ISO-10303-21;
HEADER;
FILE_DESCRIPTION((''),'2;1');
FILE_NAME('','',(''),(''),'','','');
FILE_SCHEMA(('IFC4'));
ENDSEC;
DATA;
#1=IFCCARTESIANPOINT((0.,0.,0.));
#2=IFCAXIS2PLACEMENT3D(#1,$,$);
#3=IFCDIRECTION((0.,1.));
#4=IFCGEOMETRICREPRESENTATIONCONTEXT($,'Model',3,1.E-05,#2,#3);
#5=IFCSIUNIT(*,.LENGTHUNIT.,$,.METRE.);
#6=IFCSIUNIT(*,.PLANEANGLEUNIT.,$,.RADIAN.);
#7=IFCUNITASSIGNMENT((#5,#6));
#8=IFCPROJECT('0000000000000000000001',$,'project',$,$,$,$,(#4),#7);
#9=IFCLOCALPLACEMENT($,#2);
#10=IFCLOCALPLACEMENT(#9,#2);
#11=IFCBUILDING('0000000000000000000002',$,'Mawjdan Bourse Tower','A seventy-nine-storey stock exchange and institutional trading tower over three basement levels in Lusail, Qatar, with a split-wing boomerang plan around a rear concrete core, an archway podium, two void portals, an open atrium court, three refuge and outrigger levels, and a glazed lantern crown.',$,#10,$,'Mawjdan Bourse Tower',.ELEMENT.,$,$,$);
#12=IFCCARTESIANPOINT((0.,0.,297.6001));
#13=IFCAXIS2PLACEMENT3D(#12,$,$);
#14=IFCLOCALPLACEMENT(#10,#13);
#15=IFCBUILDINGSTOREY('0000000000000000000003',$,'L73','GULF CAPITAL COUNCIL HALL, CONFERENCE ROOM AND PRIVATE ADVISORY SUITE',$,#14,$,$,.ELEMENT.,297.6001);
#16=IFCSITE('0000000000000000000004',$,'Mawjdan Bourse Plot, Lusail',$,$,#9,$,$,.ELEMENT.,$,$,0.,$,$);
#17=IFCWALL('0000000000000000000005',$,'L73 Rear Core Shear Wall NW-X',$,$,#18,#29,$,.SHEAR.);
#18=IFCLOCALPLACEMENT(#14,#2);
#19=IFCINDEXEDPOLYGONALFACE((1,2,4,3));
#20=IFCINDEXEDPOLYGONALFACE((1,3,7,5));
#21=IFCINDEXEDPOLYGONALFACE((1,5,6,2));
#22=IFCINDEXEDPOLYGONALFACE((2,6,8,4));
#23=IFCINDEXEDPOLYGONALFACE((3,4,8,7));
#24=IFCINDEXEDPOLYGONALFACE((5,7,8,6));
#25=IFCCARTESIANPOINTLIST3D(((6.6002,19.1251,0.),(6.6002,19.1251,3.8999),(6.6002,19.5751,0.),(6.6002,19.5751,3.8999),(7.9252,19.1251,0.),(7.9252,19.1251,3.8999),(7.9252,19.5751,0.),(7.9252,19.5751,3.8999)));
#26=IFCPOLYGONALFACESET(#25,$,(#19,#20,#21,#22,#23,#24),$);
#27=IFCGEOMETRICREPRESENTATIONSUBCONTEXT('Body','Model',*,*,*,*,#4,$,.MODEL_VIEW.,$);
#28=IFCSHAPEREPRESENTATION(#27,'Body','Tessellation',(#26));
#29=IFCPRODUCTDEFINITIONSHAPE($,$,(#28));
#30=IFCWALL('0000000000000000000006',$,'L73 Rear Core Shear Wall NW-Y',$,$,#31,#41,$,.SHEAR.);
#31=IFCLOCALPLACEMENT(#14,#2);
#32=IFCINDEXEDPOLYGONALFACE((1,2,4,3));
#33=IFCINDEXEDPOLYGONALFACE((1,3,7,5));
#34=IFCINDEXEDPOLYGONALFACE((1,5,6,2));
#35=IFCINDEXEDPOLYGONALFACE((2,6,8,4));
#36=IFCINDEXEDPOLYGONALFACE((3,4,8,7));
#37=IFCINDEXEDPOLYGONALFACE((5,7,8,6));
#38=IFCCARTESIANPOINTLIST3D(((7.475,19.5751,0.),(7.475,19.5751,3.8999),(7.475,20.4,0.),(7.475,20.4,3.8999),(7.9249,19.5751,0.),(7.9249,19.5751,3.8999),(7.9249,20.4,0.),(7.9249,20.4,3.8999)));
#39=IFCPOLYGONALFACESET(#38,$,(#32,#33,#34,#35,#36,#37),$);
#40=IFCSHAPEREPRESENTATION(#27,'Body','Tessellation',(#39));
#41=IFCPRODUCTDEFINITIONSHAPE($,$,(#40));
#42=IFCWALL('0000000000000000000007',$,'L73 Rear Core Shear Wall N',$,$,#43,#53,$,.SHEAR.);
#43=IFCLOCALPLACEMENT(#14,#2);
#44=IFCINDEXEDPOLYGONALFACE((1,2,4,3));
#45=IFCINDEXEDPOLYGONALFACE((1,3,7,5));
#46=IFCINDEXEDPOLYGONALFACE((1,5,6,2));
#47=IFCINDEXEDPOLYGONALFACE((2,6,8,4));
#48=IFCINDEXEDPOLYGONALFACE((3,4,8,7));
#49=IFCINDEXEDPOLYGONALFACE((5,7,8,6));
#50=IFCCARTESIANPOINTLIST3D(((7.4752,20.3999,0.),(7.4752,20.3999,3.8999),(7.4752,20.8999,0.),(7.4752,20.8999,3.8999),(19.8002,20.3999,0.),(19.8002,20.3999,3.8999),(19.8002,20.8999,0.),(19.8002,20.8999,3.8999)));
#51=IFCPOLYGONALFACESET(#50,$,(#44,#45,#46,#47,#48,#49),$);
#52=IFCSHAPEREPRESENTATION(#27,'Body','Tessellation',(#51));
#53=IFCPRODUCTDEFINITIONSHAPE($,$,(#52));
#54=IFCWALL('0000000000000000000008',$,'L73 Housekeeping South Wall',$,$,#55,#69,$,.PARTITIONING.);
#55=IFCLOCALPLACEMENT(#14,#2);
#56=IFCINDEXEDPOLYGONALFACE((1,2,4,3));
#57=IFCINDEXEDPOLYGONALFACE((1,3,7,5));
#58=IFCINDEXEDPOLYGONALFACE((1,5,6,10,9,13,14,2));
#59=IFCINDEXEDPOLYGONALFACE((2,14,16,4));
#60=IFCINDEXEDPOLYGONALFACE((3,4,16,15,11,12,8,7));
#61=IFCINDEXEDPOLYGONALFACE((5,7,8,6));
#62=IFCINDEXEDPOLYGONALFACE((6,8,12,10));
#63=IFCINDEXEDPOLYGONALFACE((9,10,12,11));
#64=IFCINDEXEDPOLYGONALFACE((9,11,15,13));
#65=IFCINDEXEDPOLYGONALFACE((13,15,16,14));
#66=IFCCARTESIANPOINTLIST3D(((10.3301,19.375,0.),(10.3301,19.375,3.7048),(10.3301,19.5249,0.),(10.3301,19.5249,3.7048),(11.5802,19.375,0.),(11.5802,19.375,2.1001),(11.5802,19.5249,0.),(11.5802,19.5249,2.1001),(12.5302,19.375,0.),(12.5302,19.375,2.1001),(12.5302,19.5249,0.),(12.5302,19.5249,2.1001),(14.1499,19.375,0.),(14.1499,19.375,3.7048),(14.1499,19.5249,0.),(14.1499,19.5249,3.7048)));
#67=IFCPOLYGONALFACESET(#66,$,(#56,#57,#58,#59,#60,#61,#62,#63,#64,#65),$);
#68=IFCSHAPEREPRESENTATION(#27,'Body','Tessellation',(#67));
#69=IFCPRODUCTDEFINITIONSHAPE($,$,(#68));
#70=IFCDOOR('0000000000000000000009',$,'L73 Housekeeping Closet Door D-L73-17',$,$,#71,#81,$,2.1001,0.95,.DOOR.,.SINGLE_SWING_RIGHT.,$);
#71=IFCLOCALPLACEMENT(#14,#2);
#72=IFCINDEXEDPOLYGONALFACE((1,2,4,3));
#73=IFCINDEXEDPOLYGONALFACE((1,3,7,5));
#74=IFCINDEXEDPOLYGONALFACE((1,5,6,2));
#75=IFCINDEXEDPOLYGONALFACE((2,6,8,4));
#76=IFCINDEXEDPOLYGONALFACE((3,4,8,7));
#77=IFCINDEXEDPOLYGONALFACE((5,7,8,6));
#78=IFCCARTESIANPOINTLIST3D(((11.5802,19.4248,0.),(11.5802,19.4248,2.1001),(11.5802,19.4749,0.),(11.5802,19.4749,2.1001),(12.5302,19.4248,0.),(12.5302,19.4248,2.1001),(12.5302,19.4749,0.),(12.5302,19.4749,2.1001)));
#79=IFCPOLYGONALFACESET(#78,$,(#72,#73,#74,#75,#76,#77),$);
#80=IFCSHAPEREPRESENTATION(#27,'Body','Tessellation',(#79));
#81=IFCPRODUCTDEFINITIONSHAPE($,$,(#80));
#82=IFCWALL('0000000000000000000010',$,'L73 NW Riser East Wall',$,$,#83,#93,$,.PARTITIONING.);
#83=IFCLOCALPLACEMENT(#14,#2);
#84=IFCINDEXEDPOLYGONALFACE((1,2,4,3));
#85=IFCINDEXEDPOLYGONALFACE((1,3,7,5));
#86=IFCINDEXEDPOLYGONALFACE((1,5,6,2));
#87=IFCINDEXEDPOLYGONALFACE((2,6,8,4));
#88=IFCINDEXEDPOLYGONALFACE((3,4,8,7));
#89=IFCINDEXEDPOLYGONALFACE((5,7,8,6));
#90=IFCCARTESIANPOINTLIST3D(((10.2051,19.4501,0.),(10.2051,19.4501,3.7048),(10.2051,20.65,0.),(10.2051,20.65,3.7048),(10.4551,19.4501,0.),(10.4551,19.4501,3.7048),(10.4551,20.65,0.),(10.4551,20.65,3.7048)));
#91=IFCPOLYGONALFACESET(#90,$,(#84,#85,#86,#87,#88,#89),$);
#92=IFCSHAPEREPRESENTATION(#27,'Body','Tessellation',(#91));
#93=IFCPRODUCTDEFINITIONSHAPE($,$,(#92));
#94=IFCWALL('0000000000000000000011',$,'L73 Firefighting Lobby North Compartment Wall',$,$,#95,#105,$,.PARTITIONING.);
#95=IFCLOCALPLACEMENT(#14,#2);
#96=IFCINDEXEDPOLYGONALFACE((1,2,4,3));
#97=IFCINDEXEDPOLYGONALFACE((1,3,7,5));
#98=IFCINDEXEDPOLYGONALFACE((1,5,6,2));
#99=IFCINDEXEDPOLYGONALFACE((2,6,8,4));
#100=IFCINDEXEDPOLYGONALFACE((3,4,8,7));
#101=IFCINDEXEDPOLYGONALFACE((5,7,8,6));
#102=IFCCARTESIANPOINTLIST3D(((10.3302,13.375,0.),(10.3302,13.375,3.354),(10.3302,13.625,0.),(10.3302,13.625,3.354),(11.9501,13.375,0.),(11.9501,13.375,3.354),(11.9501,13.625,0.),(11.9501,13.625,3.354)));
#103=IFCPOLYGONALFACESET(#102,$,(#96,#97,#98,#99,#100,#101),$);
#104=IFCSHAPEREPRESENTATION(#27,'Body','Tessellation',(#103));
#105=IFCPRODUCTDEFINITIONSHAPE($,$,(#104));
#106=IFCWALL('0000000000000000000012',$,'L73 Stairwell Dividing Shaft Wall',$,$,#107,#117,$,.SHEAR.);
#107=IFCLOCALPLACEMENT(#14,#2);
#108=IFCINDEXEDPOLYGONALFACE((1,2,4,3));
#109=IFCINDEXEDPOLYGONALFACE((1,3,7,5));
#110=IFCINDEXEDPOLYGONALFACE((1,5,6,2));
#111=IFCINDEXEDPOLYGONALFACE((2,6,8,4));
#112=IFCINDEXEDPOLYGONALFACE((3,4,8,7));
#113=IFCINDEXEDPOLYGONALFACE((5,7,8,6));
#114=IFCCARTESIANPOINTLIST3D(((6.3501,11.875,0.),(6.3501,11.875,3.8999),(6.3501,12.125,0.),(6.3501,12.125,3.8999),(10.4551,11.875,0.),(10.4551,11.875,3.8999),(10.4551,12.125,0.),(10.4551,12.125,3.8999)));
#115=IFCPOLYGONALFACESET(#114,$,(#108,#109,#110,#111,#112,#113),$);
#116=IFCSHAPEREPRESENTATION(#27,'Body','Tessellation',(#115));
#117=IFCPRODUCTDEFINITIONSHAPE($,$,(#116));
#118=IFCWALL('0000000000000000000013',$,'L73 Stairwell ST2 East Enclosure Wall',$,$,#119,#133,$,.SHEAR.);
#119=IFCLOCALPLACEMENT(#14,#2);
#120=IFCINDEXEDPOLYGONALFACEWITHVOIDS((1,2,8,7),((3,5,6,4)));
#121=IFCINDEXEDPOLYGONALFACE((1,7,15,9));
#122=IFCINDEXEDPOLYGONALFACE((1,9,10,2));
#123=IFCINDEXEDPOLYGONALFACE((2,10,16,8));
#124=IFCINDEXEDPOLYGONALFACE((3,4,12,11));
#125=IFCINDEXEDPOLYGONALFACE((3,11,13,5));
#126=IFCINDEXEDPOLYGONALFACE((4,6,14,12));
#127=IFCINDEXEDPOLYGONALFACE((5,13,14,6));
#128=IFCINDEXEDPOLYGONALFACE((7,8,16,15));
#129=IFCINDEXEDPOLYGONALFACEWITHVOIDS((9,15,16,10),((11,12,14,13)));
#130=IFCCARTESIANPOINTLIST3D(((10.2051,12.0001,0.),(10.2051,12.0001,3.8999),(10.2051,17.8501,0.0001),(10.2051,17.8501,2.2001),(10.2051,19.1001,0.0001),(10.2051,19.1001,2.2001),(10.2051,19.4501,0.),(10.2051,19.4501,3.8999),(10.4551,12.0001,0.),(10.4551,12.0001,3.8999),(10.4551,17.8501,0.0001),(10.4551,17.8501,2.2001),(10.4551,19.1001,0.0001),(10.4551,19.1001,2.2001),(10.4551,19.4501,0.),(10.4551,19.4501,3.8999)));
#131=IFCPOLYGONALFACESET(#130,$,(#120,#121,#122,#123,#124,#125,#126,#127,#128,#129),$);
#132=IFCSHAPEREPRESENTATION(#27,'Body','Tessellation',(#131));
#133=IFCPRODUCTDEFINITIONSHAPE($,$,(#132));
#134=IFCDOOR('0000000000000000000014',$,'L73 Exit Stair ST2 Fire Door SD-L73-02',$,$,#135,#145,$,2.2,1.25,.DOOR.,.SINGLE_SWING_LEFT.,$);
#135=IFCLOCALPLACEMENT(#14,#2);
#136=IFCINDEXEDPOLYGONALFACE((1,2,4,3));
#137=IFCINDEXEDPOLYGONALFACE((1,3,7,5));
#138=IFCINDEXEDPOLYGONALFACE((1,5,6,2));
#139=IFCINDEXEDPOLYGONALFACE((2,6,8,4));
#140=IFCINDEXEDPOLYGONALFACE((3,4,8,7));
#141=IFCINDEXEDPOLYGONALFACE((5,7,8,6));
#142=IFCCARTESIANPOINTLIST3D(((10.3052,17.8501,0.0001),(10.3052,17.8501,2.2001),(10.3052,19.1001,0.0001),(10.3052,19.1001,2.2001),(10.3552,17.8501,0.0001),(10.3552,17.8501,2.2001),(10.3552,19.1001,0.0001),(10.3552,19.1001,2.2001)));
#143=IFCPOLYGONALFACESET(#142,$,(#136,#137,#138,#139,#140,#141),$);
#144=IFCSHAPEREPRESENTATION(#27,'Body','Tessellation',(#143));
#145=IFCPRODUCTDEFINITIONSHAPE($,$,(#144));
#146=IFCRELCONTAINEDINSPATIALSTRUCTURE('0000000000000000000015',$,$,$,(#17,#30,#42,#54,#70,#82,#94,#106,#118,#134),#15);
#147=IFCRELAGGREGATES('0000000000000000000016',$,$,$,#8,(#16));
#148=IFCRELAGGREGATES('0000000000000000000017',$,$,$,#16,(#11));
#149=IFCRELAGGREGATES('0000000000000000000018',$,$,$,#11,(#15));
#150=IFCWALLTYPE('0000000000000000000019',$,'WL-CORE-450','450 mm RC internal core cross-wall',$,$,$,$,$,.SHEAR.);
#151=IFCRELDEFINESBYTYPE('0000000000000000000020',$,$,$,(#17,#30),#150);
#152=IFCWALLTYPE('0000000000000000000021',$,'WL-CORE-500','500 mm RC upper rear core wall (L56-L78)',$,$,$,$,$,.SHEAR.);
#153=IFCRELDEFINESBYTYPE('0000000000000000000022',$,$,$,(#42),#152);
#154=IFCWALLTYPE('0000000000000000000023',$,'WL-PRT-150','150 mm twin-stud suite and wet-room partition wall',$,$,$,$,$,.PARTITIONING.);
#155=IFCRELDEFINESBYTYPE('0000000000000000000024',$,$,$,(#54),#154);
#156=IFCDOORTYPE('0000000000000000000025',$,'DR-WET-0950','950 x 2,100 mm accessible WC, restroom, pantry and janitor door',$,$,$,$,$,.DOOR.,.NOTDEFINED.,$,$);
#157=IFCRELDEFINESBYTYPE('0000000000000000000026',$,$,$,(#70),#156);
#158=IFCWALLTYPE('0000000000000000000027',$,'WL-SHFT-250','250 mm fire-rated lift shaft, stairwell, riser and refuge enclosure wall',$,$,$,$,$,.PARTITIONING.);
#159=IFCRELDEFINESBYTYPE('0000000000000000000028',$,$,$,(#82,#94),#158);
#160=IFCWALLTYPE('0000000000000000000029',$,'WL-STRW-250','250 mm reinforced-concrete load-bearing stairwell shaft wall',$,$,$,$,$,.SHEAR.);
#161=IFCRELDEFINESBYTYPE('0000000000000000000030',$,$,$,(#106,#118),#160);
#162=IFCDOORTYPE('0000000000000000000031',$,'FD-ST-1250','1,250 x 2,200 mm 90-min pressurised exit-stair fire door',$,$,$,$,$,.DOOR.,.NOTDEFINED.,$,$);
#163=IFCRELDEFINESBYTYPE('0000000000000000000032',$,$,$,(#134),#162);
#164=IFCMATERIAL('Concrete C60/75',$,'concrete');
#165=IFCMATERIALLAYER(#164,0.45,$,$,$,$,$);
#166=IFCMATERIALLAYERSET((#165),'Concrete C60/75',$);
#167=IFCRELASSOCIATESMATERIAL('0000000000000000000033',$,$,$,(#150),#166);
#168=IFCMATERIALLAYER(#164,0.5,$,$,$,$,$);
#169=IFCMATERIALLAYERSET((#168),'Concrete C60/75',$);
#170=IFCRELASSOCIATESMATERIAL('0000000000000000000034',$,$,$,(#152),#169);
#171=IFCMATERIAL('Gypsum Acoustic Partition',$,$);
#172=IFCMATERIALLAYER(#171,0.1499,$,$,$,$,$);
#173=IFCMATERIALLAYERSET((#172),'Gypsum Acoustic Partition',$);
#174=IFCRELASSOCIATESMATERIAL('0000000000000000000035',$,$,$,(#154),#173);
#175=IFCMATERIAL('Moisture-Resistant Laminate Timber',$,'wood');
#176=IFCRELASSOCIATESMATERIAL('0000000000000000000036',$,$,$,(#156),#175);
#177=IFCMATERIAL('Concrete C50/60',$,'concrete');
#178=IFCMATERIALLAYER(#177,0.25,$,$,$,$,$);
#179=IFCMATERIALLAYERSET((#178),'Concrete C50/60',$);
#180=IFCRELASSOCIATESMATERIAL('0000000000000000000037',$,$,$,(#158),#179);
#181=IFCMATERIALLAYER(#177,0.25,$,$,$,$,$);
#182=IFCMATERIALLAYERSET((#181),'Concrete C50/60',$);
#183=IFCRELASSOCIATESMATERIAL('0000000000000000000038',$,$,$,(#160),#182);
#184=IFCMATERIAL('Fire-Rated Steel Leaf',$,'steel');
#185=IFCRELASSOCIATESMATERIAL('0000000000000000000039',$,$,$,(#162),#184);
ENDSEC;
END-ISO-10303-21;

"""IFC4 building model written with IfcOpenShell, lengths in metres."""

from ifc_helpers import new_model, si_unit, direction, frame, frame_2d, origin, place, context, subcontext, project, spatial, rectangle, extrude, material, layer, layer_set, type_object, element, fill, save


model = new_model("IFC4")

# Units and contexts
model_context = context("Model", 3, precision=1e-05, world=origin(), true_north=direction((0.0, 1.0)))
body_context = subcontext(model_context, "Body", "Model", "MODEL_VIEW")
ifc_project = project(units=[si_unit("LENGTHUNIT", "METRE"), si_unit("PLANEANGLEUNIT", "RADIAN")], contexts=[model_context])

# Site, building, storey
site_placement = place(None, origin())
site = spatial("IfcSite", under=ifc_project, at=site_placement, Name="Mawjdan Bourse Plot, Lusail", CompositionType="ELEMENT", RefElevation=0.0)
building_placement = place(site_placement, origin())
building = spatial("IfcBuilding", under=site, at=building_placement, Name="Mawjdan Bourse Tower", Description="A seventy-nine-storey stock exchange and institutional trading tower over three basement levels in Lusail, Qatar, with a split-wing boomerang plan around a rear concrete core, an archway podium, two void portals, an open atrium court, three refuge and outrigger levels, and a glazed lantern crown.", LongName="Mawjdan Bourse Tower", CompositionType="ELEMENT")
storey_placement = place(building_placement, frame((0.0, 0.0, 297.6001)))
storey = spatial("IfcBuildingStorey", under=building, at=storey_placement, Name="L73", Description="GULF CAPITAL COUNCIL HALL, CONFERENCE ROOM AND PRIVATE ADVISORY SUITE", CompositionType="ELEMENT", Elevation=297.6001)

# Walls
ifc_material_1 = material(Name="Concrete C60/75", Category="concrete")
ifc_layer_1 = layer(ifc_material_1, 0.45)
ifc_layer_set_1 = layer_set([ifc_layer_1], Name="Concrete C60/75")
wall_type_1 = type_object("IfcWallType", Name="WL-CORE-450", Description="450 mm RC internal core cross-wall", PredefinedType="SHEAR", material=ifc_layer_set_1)
wall_1_placement = place(storey_placement, frame((6.6001, 19.3501, 0.0), z_axis=(0.0, 0.0, 1.0), x_axis=(1.0, 0.0, 0.0)))
element("IfcWall", 1, at=wall_1_placement, inside=storey, type_object=wall_type_1, Name="L73 Rear Core Shear Wall NW-X", PredefinedType="SHEAR", context=body_context, shape_type="SweptSolid", body=[
    extrude(rectangle(XDim=1.325, YDim=0.45, at=frame_2d((0.6626, 0.0))), origin(), (0.0, 0.0, 1.0), 3.8999),
])
wall_2_placement = place(storey_placement, frame((7.7, 19.575, 0.0), z_axis=(0.0, 0.0, 1.0), x_axis=(0.0, 1.0, 0.0)))
element("IfcWall", 2, at=wall_2_placement, inside=storey, type_object=wall_type_1, Name="L73 Rear Core Shear Wall NW-Y", PredefinedType="SHEAR", context=body_context, shape_type="SweptSolid", body=[
    extrude(rectangle(XDim=0.825, YDim=0.45, at=frame_2d((0.4126, 0.0))), origin(), (0.0, 0.0, 1.0), 3.8999),
])
ifc_layer_2 = layer(ifc_material_1, 0.5)
ifc_layer_set_2 = layer_set([ifc_layer_2], Name="Concrete C60/75")
wall_type_2 = type_object("IfcWallType", Name="WL-CORE-500", Description="500 mm RC upper rear core wall (L56-L78)", PredefinedType="SHEAR", material=ifc_layer_set_2)
wall_3_placement = place(storey_placement, frame((7.4751, 20.6499, 0.0), z_axis=(0.0, 0.0, 1.0), x_axis=(1.0, 0.0, 0.0)))
element("IfcWall", 3, at=wall_3_placement, inside=storey, type_object=wall_type_2, Name="L73 Rear Core Shear Wall N", PredefinedType="SHEAR", context=body_context, shape_type="SweptSolid", body=[
    extrude(rectangle(XDim=12.325, YDim=0.5, at=frame_2d((6.1626, 0.0))), origin(), (0.0, 0.0, 1.0), 3.8999),
])

# Wall, opening, door
ifc_material_2 = material(Name="Gypsum Acoustic Partition")
ifc_layer_3 = layer(ifc_material_2, 0.1499)
ifc_layer_set_3 = layer_set([ifc_layer_3], Name="Gypsum Acoustic Partition")
wall_type_3 = type_object("IfcWallType", Name="WL-PRT-150", Description="150 mm twin-stud suite and wet-room partition wall", PredefinedType="PARTITIONING", material=ifc_layer_set_3)
wall_4_placement = place(storey_placement, frame((10.3301, 19.45, 0.0), z_axis=(0.0, 0.0, 1.0), x_axis=(1.0, 0.0, 0.0)))
wall_4 = element("IfcWall", 4, at=wall_4_placement, inside=storey, type_object=wall_type_3, Name="L73 Housekeeping South Wall", PredefinedType="PARTITIONING", context=body_context, shape_type="SweptSolid", body=[
    extrude(rectangle(XDim=3.8198, YDim=0.1499, at=frame_2d((1.9099, 0.0))), origin(), (0.0, 0.0, 1.0), 3.7048),
])
opening_1_placement = place(wall_4_placement, frame((1.25, 0.0, 0.0)))
opening_1 = element("IfcOpeningElement", 5, at=opening_1_placement, cuts=wall_4, PredefinedType="OPENING", context=body_context, shape_type="SweptSolid", body=[
    extrude(rectangle(XDim=0.95, YDim=2.1001, at=frame_2d((0.4751, 1.05))), frame((0.0, 0.085, 0.0), z_axis=(0.0, -1.0, 0.0), x_axis=(1.0, 0.0, 0.0)), (0.0, 0.0, 1.0), 0.1699),
])
ifc_material_3 = material(Name="Moisture-Resistant Laminate Timber", Category="wood")
door_type_1 = type_object("IfcDoorType", Name="DR-WET-0950", Description="950 x 2,100 mm accessible WC, restroom, pantry and janitor door", OperationType="NOTDEFINED", PredefinedType="DOOR", material=ifc_material_3)
door_1_placement = place(opening_1_placement, origin())
door_1 = element("IfcDoor", 6, at=door_1_placement, inside=storey, type_object=door_type_1, Name="L73 Housekeeping Closet Door D-L73-17", OperationType="SINGLE_SWING_RIGHT", OverallHeight=2.1001, OverallWidth=0.95, PredefinedType="DOOR", context=body_context, shape_type="SweptSolid", body=[
    extrude(rectangle(XDim=0.95, YDim=2.1001, at=frame_2d((0.4751, 1.05))), frame((0.0, 0.0249, 0.0), z_axis=(0.0, -1.0, 0.0), x_axis=(1.0, 0.0, 0.0)), (0.0, 0.0, 1.0), 0.05),
])
fill(opening_1, door_1)

# Walls
ifc_material_4 = material(Name="Concrete C50/60", Category="concrete")
ifc_layer_4 = layer(ifc_material_4, 0.25)
ifc_layer_set_4 = layer_set([ifc_layer_4], Name="Concrete C50/60")
wall_type_4 = type_object("IfcWallType", Name="WL-SHFT-250", Description="250 mm fire-rated lift shaft, stairwell, riser and refuge enclosure wall", PredefinedType="PARTITIONING", material=ifc_layer_set_4)
wall_5_placement = place(storey_placement, frame((10.3301, 19.45, 0.0), z_axis=(0.0, 0.0, 1.0), x_axis=(0.0, 1.0, 0.0)))
element("IfcWall", 7, at=wall_5_placement, inside=storey, type_object=wall_type_4, Name="L73 NW Riser East Wall", PredefinedType="PARTITIONING", context=body_context, shape_type="SweptSolid", body=[
    extrude(rectangle(XDim=1.2, YDim=0.25, at=frame_2d((0.6001, 0.0))), origin(), (0.0, 0.0, 1.0), 3.7048),
])
wall_6_placement = place(storey_placement, frame((10.3301, 13.5, 0.0), z_axis=(0.0, 0.0, 1.0), x_axis=(1.0, 0.0, 0.0)))
element("IfcWall", 8, at=wall_6_placement, inside=storey, type_object=wall_type_4, Name="L73 Firefighting Lobby North Compartment Wall", PredefinedType="PARTITIONING", context=body_context, shape_type="SweptSolid", body=[
    extrude(rectangle(XDim=1.6199, YDim=0.25, at=frame_2d((0.8101, 0.0))), origin(), (0.0, 0.0, 1.0), 3.354),
])
ifc_layer_5 = layer(ifc_material_4, 0.25)
ifc_layer_set_5 = layer_set([ifc_layer_5], Name="Concrete C50/60")
wall_type_5 = type_object("IfcWallType", Name="WL-STRW-250", Description="250 mm reinforced-concrete load-bearing stairwell shaft wall", PredefinedType="SHEAR", material=ifc_layer_set_5)
wall_7_placement = place(storey_placement, frame((6.3501, 12.0, 0.0), z_axis=(0.0, 0.0, 1.0), x_axis=(1.0, 0.0, 0.0)))
element("IfcWall", 9, at=wall_7_placement, inside=storey, type_object=wall_type_5, Name="L73 Stairwell Dividing Shaft Wall", PredefinedType="SHEAR", context=body_context, shape_type="SweptSolid", body=[
    extrude(rectangle(XDim=4.105, YDim=0.25, at=frame_2d((2.0525, 0.0))), origin(), (0.0, 0.0, 1.0), 3.8999),
])

# Wall, opening, door
wall_8_placement = place(storey_placement, frame((10.3301, 12.0, 0.0), z_axis=(0.0, 0.0, 1.0), x_axis=(0.0, 1.0, 0.0)))
wall_8 = element("IfcWall", 10, at=wall_8_placement, inside=storey, type_object=wall_type_5, Name="L73 Stairwell ST2 East Enclosure Wall", PredefinedType="SHEAR", context=body_context, shape_type="SweptSolid", body=[
    extrude(rectangle(XDim=7.45, YDim=0.25, at=frame_2d((3.7251, 0.0))), origin(), (0.0, 0.0, 1.0), 3.8999),
])
opening_2_placement = place(wall_8_placement, frame((5.8501, 0.0, 0.0)))
opening_2 = element("IfcOpeningElement", 11, at=opening_2_placement, cuts=wall_8, PredefinedType="OPENING", context=body_context, shape_type="SweptSolid", body=[
    extrude(rectangle(XDim=1.25, YDim=2.2, at=frame_2d((0.625, 1.1001))), frame((0.0, 0.135, 0.0), z_axis=(0.0, -1.0, 0.0), x_axis=(1.0, 0.0, 0.0)), (0.0, 0.0, 1.0), 0.27),
])
ifc_material_5 = material(Name="Fire-Rated Steel Leaf", Category="steel")
door_type_2 = type_object("IfcDoorType", Name="FD-ST-1250", Description="1,250 x 2,200 mm 90-min pressurised exit-stair fire door", OperationType="NOTDEFINED", PredefinedType="DOOR", material=ifc_material_5)
door_2_placement = place(opening_2_placement, origin())
door_2 = element("IfcDoor", 12, at=door_2_placement, inside=storey, type_object=door_type_2, Name="L73 Exit Stair ST2 Fire Door SD-L73-02", OperationType="SINGLE_SWING_LEFT", OverallHeight=2.2, OverallWidth=1.25, PredefinedType="DOOR", context=body_context, shape_type="SweptSolid", body=[
    extrude(rectangle(XDim=1.25, YDim=2.2, at=frame_2d((0.625, 1.1001))), frame((0.0, 0.0249, 0.0), z_axis=(0.0, -1.0, 0.0), x_axis=(1.0, 0.0, 0.0)), (0.0, 0.0, 1.0), 0.05),
])
fill(opening_2, door_2)

save(model, "model.ifc")
